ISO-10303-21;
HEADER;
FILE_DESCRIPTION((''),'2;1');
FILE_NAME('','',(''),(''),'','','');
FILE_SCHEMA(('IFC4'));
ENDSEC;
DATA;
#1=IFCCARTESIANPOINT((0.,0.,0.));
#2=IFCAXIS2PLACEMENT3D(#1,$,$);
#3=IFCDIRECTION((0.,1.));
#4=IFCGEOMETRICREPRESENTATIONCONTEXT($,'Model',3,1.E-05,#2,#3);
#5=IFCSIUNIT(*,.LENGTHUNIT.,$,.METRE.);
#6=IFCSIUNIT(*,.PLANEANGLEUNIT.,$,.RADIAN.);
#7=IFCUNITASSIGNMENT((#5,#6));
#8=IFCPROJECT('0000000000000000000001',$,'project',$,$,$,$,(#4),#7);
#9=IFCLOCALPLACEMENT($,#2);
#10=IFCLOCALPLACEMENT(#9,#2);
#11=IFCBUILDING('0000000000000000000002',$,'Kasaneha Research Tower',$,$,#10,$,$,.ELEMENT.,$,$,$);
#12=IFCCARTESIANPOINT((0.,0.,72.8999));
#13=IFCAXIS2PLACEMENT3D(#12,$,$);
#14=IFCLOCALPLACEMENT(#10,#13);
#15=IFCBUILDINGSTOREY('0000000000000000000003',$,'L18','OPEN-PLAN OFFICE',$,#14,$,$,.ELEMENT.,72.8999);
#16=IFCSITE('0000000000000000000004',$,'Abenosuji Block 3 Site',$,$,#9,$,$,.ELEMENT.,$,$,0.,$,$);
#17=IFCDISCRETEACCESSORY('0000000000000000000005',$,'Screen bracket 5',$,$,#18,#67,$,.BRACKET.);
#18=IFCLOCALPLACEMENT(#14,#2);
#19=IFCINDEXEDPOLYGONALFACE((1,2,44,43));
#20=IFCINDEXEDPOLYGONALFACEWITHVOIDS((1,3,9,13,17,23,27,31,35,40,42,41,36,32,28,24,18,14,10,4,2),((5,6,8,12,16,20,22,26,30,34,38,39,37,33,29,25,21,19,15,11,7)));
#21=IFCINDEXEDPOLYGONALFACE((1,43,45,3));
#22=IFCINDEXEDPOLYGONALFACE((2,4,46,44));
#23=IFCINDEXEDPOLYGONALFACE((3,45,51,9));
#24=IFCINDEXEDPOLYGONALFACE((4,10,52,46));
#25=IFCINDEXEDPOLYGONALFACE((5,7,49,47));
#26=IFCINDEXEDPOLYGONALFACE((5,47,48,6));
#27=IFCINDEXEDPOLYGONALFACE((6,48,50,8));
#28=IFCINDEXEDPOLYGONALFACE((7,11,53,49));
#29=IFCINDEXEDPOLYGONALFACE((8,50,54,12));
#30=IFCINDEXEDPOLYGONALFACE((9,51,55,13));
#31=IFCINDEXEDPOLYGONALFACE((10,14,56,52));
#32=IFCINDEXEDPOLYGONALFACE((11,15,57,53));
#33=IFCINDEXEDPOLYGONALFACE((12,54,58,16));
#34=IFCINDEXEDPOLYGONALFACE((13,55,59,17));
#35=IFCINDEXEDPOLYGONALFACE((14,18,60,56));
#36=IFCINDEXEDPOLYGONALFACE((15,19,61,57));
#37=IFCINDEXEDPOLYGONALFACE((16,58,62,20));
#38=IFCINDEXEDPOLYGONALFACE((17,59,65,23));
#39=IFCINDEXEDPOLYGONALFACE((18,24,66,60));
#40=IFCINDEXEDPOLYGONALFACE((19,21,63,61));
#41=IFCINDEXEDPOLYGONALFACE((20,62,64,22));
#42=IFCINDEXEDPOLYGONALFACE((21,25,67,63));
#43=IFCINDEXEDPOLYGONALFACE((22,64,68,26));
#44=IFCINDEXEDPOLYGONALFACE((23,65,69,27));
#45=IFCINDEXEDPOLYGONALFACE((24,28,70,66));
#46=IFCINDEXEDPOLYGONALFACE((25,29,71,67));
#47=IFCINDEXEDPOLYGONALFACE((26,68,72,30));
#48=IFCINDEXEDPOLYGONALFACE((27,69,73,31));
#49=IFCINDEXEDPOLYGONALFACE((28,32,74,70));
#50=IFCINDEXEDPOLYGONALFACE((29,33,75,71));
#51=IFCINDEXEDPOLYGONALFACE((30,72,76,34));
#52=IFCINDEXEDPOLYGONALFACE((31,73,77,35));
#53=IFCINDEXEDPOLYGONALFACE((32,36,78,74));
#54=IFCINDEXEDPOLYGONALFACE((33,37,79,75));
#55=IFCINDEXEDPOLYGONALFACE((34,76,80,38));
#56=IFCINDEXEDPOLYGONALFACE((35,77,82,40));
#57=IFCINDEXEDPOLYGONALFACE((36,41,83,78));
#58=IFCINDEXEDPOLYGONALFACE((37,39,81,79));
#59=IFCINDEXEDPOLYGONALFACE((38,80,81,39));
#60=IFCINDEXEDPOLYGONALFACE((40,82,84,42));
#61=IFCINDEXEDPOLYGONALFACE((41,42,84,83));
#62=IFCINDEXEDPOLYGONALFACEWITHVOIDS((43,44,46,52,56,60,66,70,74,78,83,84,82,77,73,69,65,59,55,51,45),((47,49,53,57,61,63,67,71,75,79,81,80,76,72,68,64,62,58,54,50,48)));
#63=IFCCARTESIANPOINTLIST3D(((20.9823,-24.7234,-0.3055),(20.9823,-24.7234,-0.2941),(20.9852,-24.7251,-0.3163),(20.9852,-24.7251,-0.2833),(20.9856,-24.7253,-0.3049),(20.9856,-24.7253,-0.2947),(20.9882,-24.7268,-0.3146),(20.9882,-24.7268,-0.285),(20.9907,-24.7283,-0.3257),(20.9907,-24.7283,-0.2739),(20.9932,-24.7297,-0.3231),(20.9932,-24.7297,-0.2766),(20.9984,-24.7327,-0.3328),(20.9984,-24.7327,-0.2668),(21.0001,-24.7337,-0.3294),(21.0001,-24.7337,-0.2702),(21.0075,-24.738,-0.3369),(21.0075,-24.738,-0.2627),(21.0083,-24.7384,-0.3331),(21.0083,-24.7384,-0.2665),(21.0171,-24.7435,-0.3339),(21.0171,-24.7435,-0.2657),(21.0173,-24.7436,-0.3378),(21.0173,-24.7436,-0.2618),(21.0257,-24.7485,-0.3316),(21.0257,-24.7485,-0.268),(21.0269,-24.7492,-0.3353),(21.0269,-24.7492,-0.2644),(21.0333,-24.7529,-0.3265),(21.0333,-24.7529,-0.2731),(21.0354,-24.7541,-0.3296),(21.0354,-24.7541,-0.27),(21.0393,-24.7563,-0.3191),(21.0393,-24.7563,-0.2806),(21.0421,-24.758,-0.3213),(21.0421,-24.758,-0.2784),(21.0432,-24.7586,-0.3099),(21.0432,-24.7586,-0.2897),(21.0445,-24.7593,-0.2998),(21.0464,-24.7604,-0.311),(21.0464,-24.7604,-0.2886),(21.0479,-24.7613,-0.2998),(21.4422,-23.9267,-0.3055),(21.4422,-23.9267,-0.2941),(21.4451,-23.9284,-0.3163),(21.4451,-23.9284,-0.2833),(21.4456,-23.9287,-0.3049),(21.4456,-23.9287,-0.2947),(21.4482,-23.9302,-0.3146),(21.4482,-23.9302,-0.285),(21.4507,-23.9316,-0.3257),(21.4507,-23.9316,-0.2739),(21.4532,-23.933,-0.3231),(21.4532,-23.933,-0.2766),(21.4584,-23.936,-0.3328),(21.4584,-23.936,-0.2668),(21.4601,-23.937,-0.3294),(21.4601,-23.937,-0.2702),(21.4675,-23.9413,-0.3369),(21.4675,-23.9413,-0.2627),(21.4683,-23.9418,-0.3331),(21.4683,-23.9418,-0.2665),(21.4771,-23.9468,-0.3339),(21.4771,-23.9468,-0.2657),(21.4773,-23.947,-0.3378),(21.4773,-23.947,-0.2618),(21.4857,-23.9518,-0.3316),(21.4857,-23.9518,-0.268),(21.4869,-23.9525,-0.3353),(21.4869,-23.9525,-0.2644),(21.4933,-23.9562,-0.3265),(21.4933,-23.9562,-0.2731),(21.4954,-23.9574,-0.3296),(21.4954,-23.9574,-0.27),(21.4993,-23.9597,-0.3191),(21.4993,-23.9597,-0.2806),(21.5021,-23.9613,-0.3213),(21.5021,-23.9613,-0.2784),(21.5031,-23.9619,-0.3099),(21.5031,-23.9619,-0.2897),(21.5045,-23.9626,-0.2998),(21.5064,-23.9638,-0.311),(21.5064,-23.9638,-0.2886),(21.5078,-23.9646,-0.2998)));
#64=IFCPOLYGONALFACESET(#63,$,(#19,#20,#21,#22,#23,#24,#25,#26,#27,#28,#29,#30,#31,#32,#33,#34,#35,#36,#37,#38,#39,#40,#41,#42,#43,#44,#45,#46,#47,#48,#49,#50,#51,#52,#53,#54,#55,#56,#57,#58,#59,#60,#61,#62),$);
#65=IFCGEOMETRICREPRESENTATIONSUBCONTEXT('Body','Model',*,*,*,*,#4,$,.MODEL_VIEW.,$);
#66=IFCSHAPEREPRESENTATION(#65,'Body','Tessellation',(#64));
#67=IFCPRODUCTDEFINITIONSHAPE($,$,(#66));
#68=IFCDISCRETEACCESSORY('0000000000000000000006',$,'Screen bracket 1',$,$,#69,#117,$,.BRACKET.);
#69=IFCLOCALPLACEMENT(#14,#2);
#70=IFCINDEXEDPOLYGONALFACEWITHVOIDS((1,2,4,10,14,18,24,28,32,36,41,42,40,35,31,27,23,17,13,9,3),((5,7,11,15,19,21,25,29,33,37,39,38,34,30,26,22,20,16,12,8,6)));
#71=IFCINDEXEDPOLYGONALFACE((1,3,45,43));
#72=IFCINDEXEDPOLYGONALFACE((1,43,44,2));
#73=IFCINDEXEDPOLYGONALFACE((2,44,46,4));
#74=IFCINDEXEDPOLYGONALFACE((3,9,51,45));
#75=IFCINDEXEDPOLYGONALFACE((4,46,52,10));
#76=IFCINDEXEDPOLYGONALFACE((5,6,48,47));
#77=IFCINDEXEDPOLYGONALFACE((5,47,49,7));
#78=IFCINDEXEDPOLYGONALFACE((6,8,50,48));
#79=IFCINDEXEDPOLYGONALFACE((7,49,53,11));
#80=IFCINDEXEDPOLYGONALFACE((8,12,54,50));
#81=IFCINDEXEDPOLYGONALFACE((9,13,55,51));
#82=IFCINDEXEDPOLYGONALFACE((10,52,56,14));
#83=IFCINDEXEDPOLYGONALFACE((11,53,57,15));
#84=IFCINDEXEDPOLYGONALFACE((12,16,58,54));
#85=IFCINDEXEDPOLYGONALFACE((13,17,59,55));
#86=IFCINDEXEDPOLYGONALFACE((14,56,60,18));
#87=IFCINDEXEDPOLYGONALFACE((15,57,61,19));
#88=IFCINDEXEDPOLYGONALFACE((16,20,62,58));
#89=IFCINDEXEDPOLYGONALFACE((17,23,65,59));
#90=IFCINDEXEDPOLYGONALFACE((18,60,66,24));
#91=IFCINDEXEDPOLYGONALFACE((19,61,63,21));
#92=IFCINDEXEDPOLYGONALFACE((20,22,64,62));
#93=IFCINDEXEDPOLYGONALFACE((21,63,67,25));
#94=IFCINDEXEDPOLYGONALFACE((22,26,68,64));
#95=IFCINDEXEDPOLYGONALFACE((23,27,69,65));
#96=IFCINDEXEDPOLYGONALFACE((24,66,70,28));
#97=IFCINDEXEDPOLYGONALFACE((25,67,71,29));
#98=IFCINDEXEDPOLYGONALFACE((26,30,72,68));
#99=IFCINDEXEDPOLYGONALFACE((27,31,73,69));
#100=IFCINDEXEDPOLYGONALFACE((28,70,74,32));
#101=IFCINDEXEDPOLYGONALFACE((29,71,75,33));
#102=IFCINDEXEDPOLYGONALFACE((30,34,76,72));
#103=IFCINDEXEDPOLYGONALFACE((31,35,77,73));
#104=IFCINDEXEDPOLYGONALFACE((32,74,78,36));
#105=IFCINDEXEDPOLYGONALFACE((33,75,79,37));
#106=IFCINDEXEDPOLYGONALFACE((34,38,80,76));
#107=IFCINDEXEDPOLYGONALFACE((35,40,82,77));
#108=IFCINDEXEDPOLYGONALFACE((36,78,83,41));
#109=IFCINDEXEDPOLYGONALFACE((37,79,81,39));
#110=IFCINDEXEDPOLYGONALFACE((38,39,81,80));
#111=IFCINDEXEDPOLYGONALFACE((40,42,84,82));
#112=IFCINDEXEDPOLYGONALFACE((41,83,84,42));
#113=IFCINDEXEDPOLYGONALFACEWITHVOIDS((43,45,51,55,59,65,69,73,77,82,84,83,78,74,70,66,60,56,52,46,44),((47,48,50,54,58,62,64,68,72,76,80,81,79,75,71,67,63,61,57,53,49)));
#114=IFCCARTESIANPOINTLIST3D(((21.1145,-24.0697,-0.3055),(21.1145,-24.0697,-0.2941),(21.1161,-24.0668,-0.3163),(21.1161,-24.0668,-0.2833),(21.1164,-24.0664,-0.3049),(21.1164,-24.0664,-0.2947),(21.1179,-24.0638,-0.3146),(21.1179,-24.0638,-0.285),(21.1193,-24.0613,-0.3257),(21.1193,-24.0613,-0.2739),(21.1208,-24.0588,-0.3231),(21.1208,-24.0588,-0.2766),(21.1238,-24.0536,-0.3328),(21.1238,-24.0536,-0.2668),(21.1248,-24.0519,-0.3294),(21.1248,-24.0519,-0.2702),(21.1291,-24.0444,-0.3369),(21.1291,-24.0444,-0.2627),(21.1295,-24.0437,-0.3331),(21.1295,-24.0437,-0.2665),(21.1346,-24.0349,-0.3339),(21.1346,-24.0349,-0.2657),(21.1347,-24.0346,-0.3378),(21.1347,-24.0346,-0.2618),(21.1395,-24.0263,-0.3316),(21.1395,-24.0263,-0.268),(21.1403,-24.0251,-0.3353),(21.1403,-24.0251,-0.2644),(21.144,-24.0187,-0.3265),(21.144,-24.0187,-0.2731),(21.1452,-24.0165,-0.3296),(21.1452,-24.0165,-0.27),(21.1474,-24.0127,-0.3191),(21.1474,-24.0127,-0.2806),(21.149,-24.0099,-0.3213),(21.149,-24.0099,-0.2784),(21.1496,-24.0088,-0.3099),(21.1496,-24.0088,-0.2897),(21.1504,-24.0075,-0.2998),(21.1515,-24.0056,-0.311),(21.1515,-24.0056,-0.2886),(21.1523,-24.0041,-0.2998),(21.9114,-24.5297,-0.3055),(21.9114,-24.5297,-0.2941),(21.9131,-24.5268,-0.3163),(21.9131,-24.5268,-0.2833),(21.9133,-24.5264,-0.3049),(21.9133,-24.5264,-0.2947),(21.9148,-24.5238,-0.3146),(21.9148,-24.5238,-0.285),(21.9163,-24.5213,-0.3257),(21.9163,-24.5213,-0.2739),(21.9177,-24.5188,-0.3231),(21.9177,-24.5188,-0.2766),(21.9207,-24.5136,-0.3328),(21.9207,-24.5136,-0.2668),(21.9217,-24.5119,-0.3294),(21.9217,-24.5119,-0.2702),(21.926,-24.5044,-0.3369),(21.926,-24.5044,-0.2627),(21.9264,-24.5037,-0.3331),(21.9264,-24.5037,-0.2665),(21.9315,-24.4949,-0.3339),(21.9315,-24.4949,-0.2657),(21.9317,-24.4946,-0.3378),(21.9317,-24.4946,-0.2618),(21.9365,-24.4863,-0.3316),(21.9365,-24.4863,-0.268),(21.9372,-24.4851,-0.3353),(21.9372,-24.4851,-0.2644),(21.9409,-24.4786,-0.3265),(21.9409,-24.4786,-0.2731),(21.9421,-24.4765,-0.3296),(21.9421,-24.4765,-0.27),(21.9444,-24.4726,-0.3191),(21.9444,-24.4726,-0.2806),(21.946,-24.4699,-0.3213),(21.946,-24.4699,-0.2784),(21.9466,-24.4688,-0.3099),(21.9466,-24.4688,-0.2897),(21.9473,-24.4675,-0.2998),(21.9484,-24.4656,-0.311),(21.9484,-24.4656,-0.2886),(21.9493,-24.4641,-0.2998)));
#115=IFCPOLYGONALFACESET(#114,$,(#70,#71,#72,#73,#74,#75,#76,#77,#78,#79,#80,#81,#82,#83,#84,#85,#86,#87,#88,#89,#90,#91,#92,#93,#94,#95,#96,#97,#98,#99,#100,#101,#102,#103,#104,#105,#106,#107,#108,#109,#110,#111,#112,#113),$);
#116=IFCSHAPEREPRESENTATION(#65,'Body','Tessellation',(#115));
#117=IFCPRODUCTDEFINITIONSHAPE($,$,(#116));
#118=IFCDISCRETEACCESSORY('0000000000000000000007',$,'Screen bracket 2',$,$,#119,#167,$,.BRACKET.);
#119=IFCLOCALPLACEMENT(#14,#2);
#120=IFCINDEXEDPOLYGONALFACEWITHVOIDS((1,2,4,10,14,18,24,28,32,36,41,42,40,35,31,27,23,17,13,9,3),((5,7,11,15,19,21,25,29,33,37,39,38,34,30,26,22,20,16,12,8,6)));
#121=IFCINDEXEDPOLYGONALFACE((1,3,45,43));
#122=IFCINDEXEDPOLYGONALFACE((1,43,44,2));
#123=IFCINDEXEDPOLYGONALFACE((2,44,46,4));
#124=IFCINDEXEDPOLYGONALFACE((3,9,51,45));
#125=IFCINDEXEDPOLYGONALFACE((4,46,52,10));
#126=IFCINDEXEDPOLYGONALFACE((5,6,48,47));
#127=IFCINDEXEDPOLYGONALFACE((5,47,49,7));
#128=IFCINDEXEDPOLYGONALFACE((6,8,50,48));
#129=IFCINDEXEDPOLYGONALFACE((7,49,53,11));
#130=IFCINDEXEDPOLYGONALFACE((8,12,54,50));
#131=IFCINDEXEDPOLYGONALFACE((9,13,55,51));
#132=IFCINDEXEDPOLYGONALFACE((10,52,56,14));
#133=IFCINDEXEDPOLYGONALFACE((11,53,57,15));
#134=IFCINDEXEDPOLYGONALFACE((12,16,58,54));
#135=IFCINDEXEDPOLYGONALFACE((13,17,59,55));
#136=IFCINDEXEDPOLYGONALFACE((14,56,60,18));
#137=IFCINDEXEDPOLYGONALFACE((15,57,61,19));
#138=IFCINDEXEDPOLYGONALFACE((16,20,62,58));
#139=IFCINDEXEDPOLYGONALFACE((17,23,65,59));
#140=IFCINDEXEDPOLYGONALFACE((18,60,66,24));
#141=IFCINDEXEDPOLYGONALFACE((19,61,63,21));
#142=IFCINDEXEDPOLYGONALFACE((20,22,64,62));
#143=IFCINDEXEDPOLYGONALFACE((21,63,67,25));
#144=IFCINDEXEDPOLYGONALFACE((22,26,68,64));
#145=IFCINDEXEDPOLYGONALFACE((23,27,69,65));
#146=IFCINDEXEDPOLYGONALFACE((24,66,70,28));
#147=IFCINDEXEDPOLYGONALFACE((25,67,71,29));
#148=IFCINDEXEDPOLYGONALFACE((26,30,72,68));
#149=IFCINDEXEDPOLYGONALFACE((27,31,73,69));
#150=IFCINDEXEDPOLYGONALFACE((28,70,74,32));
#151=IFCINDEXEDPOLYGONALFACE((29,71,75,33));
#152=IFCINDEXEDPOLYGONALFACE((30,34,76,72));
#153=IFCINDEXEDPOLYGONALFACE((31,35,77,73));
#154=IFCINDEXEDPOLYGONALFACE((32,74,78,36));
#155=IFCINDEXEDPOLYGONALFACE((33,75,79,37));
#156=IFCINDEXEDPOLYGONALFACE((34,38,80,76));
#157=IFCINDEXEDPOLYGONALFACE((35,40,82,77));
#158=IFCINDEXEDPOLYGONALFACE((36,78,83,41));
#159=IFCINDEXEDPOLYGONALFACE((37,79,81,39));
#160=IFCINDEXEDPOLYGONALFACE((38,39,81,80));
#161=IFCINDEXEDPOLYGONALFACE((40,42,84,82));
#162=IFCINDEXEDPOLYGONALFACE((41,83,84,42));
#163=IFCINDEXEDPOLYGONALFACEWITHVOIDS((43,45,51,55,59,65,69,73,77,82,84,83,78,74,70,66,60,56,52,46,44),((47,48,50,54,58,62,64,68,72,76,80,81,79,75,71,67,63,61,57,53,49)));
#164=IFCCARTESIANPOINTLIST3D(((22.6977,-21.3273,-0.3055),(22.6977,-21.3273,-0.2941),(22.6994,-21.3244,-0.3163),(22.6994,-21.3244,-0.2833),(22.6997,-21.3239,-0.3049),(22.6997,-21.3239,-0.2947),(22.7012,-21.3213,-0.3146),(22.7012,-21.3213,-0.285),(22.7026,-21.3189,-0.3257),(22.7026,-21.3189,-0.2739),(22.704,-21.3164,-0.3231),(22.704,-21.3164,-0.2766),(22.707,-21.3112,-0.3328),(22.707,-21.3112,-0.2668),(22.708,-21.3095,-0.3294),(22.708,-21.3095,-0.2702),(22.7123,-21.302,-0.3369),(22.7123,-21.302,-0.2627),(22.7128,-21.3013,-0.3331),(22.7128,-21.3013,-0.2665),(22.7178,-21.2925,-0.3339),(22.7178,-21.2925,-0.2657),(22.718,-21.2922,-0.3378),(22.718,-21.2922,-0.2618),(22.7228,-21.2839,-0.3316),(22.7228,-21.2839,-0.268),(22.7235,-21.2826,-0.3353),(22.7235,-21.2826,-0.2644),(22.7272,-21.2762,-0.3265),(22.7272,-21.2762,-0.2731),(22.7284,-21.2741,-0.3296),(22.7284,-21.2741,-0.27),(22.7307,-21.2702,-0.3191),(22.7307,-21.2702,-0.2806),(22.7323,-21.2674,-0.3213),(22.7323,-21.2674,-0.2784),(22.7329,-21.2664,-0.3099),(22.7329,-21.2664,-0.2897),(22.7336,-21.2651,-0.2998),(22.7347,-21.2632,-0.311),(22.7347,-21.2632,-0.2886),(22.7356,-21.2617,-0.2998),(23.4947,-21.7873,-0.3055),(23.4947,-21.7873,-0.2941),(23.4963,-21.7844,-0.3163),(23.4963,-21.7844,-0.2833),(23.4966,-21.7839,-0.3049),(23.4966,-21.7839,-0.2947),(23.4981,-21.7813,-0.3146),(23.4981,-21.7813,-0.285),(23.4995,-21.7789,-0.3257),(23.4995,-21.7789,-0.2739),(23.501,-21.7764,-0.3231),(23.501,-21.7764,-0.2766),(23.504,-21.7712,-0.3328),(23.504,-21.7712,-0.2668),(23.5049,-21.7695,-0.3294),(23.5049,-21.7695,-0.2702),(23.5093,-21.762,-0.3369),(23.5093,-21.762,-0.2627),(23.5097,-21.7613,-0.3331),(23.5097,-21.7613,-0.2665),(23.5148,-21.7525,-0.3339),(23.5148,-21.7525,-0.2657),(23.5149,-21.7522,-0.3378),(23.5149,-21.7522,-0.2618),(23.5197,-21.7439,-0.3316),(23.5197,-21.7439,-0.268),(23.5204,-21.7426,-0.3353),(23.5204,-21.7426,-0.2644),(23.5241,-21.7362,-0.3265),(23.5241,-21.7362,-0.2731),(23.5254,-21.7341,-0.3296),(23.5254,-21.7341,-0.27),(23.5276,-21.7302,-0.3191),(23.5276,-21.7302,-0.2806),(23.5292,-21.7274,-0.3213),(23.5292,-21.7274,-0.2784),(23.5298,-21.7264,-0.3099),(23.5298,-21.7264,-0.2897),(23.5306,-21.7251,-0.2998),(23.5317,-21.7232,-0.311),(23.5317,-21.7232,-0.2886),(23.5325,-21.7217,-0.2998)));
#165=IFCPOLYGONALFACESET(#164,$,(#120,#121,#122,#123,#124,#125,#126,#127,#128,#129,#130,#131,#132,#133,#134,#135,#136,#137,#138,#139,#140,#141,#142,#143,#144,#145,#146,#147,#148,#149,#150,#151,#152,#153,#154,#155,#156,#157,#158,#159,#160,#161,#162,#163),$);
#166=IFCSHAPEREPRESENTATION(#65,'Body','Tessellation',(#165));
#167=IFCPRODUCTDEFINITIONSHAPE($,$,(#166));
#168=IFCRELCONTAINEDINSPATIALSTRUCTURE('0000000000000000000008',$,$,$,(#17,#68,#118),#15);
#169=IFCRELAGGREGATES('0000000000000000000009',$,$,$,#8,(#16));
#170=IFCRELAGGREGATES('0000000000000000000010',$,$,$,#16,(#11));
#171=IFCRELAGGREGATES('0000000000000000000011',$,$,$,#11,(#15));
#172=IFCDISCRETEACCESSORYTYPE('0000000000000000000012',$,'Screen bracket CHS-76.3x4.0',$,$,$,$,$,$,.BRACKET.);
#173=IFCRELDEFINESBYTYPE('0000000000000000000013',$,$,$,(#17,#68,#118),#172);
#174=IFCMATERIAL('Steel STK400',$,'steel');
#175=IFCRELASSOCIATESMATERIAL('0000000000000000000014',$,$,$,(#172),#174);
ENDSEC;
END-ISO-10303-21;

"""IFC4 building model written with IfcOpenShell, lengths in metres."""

from ifc_helpers import new_model, si_unit, direction, frame, origin, origin_2d, place, context, subcontext, project, spatial, hollow_circle, extrude, material, material_profile, profile_set, type_object, element, save


model = new_model("IFC4")

# Units and contexts
model_context = context("Model", 3, precision=1e-05, world=origin(), true_north=direction((0.0, 1.0)))
body_context = subcontext(model_context, "Body", "Model", "MODEL_VIEW")
ifc_project = project(units=[si_unit("LENGTHUNIT", "METRE"), si_unit("PLANEANGLEUNIT", "RADIAN")], contexts=[model_context])

# Site, building, storey
site_placement = place(None, origin())
site = spatial("IfcSite", under=ifc_project, at=site_placement, Name="Abenosuji Block 3 Site", CompositionType="ELEMENT", RefElevation=0.0)
building_placement = place(site_placement, origin())
building = spatial("IfcBuilding", under=site, at=building_placement, Name="Kasaneha Research Tower", CompositionType="ELEMENT")
storey_placement = place(building_placement, frame((0.0, 0.0, 72.8999)))
storey = spatial("IfcBuildingStorey", under=building, at=storey_placement, Name="L18", Description="OPEN-PLAN OFFICE", CompositionType="ELEMENT", Elevation=72.8999)

# Discrete accessories
ifc_material_1 = material(Name="Steel STK400", Category="steel")
ifc_material_profile_1 = material_profile(ifc_material_1, hollow_circle(Radius=0.0381, WallThickness=0.0039, at=origin_2d()), Name="CHS-76.3x4.0")
ifc_profile_set_1 = profile_set([ifc_material_profile_1], Name="Steel STK400")
discrete_accessory_type = type_object("IfcDiscreteAccessoryType", Name="Screen bracket CHS-76.3x4.0", PredefinedType="BRACKET", material=ifc_profile_set_1)
discrete_accessory_1_placement = place(storey_placement, frame((21.4749, -23.9456, -0.2998), z_axis=(-0.500021, -0.866013, 0.0), x_axis=(0.866013, -0.500021, 0.0)))
element("IfcDiscreteAccessory", 1, at=discrete_accessory_1_placement, inside=storey, type_object=discrete_accessory_type, Name="Screen bracket 5", PredefinedType="BRACKET", context=body_context, shape_type="SweptSolid", body=[
    extrude(hollow_circle(Radius=0.0381, WallThickness=0.0039, at=origin_2d()), origin(), (0.0, 0.0, 1.0), 0.9199),
])
for number, where, z_axis, x_axis, name in (
    (2, (21.1333, -24.0371, -0.2998), (0.86608, -0.499906, 0.0), (0.499906, 0.86608, 0.0), "Screen bracket 1"),
    (3, (22.7166, -21.2947, -0.2998), (0.86608, -0.499906, 0.0), (0.499906, 0.86608, 0.0), "Screen bracket 2"),
):
    element("IfcDiscreteAccessory", number, at=place(storey_placement, frame(where, z_axis=z_axis, x_axis=x_axis)), inside=storey, type_object=discrete_accessory_type, Name=name, PredefinedType="BRACKET", context=body_context, shape_type="SweptSolid", body=[
        extrude(hollow_circle(Radius=0.0381, WallThickness=0.0039, at=origin_2d()), origin(), (0.0, 0.0, 1.0), 0.9202),
    ])

save(model, "model.ifc")
